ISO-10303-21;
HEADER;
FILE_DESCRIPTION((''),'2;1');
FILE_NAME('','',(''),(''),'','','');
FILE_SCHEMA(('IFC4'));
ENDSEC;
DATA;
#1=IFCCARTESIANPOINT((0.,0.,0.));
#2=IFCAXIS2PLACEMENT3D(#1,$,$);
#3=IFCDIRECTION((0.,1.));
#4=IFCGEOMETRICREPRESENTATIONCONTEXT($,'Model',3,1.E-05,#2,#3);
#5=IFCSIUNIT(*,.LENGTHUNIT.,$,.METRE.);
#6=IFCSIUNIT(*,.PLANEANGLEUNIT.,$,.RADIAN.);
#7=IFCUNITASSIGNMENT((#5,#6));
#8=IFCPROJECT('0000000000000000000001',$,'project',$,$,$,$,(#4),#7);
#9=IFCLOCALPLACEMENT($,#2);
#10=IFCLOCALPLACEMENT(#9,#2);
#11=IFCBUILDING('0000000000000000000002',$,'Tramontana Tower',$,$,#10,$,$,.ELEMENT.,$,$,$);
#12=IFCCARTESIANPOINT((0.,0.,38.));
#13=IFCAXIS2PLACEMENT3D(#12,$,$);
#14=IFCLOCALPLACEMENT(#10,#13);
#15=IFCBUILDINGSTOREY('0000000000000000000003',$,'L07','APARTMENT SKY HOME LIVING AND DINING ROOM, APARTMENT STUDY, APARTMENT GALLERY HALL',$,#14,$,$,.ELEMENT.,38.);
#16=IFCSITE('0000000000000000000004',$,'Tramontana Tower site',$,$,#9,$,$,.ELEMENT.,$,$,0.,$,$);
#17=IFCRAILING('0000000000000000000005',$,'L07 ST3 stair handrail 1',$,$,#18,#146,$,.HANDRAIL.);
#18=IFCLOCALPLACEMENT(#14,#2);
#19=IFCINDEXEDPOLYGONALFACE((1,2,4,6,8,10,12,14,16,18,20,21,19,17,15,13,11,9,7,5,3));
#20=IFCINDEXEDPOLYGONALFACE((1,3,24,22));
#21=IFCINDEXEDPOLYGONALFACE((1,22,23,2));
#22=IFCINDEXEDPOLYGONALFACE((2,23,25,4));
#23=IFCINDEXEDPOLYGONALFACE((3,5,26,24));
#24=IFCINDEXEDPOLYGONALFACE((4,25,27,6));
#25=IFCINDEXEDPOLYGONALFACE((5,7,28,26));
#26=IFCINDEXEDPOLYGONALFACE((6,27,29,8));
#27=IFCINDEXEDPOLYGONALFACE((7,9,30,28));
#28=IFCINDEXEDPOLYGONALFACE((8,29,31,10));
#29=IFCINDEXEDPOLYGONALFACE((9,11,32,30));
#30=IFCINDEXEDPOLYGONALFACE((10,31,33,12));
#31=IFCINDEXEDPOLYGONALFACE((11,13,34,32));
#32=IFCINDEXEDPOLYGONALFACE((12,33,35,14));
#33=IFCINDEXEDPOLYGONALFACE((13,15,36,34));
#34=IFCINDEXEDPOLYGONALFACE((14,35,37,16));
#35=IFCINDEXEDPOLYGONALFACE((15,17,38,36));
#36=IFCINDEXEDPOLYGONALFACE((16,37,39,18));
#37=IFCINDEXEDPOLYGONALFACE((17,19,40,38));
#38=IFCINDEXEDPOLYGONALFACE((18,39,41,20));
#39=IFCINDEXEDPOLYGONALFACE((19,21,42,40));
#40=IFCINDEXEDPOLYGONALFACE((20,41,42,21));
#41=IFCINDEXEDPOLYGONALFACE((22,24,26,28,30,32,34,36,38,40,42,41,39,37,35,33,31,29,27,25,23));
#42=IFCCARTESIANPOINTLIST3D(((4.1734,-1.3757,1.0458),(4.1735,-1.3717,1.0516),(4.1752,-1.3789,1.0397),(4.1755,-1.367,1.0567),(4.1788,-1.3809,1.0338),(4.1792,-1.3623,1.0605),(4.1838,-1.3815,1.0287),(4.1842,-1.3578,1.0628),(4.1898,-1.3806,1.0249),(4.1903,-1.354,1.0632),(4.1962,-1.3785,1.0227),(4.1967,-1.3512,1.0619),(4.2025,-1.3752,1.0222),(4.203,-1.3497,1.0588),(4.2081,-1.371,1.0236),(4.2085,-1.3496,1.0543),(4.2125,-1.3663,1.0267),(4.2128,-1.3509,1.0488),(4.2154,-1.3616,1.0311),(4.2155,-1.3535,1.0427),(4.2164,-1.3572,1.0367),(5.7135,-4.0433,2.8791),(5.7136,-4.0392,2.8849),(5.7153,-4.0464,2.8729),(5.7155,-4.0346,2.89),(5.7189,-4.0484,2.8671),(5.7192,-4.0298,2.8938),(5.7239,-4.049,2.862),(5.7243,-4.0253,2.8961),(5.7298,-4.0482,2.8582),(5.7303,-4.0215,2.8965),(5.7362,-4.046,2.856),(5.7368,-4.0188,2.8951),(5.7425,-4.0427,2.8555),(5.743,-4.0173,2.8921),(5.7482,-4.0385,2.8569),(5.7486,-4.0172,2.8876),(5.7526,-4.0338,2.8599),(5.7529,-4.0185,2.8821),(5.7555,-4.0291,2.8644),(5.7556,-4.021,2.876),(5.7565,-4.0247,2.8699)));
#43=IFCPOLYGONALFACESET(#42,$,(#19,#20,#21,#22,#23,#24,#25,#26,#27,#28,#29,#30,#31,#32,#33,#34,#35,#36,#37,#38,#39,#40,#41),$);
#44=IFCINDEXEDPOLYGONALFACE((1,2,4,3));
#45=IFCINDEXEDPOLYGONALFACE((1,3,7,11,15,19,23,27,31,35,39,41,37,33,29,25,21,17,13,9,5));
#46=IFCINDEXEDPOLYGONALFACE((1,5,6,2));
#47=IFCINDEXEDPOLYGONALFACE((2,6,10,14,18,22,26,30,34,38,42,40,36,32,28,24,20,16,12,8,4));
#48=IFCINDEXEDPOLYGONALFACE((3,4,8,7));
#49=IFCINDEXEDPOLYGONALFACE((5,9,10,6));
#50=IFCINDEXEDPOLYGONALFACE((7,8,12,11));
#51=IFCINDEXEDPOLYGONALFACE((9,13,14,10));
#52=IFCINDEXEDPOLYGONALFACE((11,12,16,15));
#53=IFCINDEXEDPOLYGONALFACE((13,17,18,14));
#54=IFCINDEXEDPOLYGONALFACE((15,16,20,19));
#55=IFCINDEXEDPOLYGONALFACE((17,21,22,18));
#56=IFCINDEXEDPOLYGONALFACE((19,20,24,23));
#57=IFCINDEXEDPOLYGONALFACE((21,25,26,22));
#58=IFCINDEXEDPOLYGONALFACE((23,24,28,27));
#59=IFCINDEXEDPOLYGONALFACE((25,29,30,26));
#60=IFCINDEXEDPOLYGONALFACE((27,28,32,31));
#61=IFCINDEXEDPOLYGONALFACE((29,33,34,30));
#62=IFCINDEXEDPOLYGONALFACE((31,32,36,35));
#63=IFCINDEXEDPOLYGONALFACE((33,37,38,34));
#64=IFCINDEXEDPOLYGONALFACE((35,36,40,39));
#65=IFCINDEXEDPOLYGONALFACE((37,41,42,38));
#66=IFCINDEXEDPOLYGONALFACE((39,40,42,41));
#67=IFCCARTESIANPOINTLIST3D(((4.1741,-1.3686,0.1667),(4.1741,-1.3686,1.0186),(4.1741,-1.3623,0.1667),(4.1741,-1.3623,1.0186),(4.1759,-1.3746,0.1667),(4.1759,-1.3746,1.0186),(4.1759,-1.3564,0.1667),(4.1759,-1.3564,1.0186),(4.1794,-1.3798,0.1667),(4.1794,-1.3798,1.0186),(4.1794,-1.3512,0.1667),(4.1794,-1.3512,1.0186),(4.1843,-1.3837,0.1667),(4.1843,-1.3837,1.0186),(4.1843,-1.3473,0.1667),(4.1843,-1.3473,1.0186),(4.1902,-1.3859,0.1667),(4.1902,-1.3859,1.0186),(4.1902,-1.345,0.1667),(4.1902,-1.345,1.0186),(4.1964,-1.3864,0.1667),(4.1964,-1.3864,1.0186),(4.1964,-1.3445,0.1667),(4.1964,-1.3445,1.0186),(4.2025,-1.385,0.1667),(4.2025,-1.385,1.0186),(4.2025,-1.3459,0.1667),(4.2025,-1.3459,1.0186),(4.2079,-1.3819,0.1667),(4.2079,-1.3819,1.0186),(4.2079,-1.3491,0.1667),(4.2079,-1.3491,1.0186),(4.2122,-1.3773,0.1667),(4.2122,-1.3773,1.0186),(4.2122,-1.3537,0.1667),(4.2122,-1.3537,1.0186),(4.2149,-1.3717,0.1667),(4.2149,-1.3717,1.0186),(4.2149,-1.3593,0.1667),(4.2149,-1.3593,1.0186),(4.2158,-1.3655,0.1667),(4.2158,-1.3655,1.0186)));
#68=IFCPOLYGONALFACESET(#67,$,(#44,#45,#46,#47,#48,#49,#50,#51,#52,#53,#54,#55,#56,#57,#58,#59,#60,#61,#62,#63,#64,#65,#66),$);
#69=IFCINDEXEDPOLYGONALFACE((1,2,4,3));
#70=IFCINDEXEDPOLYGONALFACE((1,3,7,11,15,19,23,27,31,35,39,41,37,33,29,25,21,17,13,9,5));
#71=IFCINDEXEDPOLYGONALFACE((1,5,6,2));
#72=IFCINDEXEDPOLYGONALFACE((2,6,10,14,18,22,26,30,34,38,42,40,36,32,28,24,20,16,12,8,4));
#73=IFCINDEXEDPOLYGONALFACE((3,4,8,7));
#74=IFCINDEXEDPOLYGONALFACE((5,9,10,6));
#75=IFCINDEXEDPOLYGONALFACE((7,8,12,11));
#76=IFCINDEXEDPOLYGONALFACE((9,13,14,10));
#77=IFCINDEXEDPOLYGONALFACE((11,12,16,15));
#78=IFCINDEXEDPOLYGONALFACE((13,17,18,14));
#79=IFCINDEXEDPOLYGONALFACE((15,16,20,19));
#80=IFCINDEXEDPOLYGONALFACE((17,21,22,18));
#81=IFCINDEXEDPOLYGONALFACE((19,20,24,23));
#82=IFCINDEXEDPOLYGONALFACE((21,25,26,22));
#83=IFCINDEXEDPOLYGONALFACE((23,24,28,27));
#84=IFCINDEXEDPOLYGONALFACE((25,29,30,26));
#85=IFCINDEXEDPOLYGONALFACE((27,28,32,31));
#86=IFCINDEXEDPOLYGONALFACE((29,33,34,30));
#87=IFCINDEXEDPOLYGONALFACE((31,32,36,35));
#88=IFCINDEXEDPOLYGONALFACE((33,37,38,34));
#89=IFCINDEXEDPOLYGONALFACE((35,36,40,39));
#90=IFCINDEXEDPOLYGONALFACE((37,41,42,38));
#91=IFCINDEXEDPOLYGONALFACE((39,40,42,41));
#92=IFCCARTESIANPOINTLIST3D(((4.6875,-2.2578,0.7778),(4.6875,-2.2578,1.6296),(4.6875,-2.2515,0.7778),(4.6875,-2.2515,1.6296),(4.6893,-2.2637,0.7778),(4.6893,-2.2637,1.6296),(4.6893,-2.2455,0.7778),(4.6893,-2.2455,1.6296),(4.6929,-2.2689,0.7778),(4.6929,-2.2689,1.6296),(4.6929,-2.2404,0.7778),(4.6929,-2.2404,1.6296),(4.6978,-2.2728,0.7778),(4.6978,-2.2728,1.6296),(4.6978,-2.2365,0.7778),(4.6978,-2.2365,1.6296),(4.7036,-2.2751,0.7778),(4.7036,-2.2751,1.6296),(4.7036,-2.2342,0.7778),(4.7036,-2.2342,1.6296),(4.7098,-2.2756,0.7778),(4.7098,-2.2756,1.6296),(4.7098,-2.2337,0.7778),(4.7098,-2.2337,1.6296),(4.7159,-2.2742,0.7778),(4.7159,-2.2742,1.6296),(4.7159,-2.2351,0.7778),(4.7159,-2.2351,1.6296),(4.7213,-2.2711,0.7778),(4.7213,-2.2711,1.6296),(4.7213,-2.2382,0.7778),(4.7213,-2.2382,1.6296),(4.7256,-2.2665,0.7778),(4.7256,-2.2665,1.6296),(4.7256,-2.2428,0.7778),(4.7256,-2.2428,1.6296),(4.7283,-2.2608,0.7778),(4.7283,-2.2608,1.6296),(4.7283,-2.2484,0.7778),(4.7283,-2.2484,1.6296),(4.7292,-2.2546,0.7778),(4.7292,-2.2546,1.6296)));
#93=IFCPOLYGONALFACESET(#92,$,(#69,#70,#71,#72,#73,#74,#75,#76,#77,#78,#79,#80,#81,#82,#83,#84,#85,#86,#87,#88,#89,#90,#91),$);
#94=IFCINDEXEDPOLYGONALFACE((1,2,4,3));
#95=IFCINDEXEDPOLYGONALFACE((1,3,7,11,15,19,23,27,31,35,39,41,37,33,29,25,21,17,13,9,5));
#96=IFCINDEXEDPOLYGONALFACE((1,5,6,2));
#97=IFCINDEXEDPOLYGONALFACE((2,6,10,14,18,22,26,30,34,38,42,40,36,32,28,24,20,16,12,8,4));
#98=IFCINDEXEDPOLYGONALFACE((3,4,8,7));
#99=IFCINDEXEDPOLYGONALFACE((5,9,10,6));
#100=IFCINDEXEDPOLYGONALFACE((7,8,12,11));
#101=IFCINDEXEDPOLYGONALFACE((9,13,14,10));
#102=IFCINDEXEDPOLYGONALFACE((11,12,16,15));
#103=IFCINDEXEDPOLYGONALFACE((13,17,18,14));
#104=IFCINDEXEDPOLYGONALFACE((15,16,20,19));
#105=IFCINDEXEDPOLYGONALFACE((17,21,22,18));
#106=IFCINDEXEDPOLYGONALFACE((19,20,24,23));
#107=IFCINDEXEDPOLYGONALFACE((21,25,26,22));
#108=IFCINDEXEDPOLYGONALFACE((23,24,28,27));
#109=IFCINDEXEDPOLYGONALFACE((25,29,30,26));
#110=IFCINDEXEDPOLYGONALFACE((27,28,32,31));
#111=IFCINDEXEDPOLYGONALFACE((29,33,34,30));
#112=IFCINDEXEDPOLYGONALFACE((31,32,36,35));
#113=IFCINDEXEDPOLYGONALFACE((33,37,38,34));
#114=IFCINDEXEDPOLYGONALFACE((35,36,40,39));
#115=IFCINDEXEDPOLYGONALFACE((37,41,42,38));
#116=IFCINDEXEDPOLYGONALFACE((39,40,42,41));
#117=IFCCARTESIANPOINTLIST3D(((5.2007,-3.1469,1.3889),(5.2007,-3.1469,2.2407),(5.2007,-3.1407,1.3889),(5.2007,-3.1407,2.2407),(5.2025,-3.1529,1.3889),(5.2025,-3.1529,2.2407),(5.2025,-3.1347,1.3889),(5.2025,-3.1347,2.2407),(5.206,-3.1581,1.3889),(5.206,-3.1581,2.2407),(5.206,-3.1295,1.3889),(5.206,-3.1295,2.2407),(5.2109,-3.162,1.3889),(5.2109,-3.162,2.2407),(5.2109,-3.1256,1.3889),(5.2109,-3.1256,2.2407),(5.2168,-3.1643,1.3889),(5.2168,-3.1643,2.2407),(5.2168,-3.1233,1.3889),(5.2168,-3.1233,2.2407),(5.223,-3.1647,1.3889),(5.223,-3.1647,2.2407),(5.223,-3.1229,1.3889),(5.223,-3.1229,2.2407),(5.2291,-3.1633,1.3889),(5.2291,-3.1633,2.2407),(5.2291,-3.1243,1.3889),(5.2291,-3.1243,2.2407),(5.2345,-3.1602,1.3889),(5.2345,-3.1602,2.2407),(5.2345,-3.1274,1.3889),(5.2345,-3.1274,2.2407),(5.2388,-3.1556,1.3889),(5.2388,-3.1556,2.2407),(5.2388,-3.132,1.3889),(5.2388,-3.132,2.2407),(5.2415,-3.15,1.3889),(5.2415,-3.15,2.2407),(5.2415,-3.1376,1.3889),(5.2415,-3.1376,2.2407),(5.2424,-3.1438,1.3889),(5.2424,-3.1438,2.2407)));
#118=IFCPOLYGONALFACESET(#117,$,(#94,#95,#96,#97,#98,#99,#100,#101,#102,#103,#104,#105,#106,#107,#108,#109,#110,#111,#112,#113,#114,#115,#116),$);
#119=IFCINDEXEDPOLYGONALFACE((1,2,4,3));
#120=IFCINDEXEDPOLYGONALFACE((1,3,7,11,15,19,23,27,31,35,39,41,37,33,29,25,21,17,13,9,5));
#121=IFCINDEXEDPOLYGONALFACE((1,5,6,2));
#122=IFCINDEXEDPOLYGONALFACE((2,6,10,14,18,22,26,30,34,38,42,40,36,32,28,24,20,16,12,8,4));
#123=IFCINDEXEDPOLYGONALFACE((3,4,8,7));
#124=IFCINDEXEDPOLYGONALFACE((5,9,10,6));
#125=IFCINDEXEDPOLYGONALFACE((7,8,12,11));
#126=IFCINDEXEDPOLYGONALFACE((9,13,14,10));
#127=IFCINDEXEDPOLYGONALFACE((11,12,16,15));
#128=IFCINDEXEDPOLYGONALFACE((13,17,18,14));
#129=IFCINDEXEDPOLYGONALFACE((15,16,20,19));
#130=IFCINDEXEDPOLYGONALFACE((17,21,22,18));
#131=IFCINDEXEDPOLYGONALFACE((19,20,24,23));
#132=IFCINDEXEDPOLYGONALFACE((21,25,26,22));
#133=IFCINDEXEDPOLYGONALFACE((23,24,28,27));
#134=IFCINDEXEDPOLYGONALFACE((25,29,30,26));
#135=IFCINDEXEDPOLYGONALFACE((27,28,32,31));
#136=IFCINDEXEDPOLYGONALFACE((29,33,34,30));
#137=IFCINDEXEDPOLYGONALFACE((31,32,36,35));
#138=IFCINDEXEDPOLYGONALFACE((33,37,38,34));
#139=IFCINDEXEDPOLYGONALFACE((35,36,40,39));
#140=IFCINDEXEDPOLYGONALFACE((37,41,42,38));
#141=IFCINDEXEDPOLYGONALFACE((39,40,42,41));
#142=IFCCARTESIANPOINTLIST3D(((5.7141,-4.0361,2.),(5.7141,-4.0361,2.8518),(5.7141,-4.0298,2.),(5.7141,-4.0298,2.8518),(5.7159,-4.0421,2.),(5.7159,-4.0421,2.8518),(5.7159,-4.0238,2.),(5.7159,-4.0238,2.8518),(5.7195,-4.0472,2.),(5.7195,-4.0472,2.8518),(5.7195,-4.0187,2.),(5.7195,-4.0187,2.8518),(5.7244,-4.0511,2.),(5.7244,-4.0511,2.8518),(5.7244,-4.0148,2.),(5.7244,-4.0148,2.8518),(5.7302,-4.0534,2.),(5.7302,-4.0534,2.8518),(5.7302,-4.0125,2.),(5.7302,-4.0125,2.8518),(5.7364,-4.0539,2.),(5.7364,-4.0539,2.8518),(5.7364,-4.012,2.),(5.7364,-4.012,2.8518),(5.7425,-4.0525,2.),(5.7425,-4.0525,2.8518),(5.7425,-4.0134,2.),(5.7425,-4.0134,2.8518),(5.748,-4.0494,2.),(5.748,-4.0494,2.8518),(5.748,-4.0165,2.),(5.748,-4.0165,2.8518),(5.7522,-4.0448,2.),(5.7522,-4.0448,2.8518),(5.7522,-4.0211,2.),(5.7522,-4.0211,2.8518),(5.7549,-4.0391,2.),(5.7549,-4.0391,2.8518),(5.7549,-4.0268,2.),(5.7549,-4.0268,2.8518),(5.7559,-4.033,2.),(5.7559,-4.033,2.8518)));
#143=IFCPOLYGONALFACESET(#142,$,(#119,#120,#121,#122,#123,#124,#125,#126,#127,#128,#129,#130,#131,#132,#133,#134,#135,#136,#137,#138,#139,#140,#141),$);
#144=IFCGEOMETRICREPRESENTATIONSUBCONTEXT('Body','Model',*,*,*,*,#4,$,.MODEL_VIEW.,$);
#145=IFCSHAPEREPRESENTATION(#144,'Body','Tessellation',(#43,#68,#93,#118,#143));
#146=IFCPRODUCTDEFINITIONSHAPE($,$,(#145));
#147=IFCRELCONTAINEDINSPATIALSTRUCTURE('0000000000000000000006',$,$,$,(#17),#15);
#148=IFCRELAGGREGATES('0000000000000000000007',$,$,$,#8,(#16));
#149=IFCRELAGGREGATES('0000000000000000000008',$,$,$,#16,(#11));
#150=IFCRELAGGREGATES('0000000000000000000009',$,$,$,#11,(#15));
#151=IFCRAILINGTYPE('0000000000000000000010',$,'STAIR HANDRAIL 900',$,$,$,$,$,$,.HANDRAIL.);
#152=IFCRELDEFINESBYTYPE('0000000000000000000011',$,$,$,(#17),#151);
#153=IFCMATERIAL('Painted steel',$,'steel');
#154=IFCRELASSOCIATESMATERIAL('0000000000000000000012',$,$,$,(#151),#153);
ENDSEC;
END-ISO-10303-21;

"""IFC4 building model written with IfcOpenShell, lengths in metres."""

from ifc_helpers import new_model, si_unit, direction, frame, origin, origin_2d, place, context, subcontext, project, spatial, circle, extrude, material, type_object, element, save


model = new_model("IFC4")

# Units and contexts
model_context = context("Model", 3, precision=1e-05, world=origin(), true_north=direction((0.0, 1.0)))
body_context = subcontext(model_context, "Body", "Model", "MODEL_VIEW")
ifc_project = project(units=[si_unit("LENGTHUNIT", "METRE"), si_unit("PLANEANGLEUNIT", "RADIAN")], contexts=[model_context])

# Site, building, storey
site_placement = place(None, origin())
site = spatial("IfcSite", under=ifc_project, at=site_placement, Name="Tramontana Tower site", CompositionType="ELEMENT", RefElevation=0.0)
building_placement = place(site_placement, origin())
building = spatial("IfcBuilding", under=site, at=building_placement, Name="Tramontana Tower", CompositionType="ELEMENT")
storey_placement = place(building_placement, frame((0.0, 0.0, 38.0)))
storey = spatial("IfcBuildingStorey", under=building, at=storey_placement, Name="L07", Description="APARTMENT SKY HOME LIVING AND DINING ROOM, APARTMENT STUDY, APARTMENT GALLERY HALL", CompositionType="ELEMENT", Elevation=38.0)

# Railing
ifc_material_1 = material(Name="Painted steel", Category="steel")
railing_type_1 = type_object("IfcRailingType", Name="STAIR HANDRAIL 900", PredefinedType="HANDRAIL", material=ifc_material_1)
railing_1_placement = place(storey_placement, frame((4.1948, -1.3655, 0.1667)))
element("IfcRailing", 1, at=railing_1_placement, inside=storey, type_object=railing_type_1, Name="L07 ST3 stair handrail 1", PredefinedType="HANDRAIL", context=body_context, shape_type="SweptSolid", body=[
    extrude(circle(Radius=0.0239, at=origin_2d()), frame((0.0, 0.0, 0.876), z_axis=(0.429649, -0.74419, 0.511452), x_axis=(0.86603, 0.499992, 0.0)), (0.0, 0.0, 1.0), 3.5845),
    extrude(circle(Radius=0.021, at=origin_2d()), origin(), (0.0, 0.0, 1.0), 0.8518),
    extrude(circle(Radius=0.021, at=origin_2d()), frame((0.5134, -0.8892, 0.6111)), (0.0, 0.0, 1.0), 0.8518),
    extrude(circle(Radius=0.021, at=origin_2d()), frame((1.0266, -1.7783, 1.2222)), (0.0, 0.0, 1.0), 0.8518),
    extrude(circle(Radius=0.021, at=origin_2d()), frame((1.54, -2.6675, 1.8333)), (0.0, 0.0, 1.0), 0.8518),
])

save(model, "model.ifc")
